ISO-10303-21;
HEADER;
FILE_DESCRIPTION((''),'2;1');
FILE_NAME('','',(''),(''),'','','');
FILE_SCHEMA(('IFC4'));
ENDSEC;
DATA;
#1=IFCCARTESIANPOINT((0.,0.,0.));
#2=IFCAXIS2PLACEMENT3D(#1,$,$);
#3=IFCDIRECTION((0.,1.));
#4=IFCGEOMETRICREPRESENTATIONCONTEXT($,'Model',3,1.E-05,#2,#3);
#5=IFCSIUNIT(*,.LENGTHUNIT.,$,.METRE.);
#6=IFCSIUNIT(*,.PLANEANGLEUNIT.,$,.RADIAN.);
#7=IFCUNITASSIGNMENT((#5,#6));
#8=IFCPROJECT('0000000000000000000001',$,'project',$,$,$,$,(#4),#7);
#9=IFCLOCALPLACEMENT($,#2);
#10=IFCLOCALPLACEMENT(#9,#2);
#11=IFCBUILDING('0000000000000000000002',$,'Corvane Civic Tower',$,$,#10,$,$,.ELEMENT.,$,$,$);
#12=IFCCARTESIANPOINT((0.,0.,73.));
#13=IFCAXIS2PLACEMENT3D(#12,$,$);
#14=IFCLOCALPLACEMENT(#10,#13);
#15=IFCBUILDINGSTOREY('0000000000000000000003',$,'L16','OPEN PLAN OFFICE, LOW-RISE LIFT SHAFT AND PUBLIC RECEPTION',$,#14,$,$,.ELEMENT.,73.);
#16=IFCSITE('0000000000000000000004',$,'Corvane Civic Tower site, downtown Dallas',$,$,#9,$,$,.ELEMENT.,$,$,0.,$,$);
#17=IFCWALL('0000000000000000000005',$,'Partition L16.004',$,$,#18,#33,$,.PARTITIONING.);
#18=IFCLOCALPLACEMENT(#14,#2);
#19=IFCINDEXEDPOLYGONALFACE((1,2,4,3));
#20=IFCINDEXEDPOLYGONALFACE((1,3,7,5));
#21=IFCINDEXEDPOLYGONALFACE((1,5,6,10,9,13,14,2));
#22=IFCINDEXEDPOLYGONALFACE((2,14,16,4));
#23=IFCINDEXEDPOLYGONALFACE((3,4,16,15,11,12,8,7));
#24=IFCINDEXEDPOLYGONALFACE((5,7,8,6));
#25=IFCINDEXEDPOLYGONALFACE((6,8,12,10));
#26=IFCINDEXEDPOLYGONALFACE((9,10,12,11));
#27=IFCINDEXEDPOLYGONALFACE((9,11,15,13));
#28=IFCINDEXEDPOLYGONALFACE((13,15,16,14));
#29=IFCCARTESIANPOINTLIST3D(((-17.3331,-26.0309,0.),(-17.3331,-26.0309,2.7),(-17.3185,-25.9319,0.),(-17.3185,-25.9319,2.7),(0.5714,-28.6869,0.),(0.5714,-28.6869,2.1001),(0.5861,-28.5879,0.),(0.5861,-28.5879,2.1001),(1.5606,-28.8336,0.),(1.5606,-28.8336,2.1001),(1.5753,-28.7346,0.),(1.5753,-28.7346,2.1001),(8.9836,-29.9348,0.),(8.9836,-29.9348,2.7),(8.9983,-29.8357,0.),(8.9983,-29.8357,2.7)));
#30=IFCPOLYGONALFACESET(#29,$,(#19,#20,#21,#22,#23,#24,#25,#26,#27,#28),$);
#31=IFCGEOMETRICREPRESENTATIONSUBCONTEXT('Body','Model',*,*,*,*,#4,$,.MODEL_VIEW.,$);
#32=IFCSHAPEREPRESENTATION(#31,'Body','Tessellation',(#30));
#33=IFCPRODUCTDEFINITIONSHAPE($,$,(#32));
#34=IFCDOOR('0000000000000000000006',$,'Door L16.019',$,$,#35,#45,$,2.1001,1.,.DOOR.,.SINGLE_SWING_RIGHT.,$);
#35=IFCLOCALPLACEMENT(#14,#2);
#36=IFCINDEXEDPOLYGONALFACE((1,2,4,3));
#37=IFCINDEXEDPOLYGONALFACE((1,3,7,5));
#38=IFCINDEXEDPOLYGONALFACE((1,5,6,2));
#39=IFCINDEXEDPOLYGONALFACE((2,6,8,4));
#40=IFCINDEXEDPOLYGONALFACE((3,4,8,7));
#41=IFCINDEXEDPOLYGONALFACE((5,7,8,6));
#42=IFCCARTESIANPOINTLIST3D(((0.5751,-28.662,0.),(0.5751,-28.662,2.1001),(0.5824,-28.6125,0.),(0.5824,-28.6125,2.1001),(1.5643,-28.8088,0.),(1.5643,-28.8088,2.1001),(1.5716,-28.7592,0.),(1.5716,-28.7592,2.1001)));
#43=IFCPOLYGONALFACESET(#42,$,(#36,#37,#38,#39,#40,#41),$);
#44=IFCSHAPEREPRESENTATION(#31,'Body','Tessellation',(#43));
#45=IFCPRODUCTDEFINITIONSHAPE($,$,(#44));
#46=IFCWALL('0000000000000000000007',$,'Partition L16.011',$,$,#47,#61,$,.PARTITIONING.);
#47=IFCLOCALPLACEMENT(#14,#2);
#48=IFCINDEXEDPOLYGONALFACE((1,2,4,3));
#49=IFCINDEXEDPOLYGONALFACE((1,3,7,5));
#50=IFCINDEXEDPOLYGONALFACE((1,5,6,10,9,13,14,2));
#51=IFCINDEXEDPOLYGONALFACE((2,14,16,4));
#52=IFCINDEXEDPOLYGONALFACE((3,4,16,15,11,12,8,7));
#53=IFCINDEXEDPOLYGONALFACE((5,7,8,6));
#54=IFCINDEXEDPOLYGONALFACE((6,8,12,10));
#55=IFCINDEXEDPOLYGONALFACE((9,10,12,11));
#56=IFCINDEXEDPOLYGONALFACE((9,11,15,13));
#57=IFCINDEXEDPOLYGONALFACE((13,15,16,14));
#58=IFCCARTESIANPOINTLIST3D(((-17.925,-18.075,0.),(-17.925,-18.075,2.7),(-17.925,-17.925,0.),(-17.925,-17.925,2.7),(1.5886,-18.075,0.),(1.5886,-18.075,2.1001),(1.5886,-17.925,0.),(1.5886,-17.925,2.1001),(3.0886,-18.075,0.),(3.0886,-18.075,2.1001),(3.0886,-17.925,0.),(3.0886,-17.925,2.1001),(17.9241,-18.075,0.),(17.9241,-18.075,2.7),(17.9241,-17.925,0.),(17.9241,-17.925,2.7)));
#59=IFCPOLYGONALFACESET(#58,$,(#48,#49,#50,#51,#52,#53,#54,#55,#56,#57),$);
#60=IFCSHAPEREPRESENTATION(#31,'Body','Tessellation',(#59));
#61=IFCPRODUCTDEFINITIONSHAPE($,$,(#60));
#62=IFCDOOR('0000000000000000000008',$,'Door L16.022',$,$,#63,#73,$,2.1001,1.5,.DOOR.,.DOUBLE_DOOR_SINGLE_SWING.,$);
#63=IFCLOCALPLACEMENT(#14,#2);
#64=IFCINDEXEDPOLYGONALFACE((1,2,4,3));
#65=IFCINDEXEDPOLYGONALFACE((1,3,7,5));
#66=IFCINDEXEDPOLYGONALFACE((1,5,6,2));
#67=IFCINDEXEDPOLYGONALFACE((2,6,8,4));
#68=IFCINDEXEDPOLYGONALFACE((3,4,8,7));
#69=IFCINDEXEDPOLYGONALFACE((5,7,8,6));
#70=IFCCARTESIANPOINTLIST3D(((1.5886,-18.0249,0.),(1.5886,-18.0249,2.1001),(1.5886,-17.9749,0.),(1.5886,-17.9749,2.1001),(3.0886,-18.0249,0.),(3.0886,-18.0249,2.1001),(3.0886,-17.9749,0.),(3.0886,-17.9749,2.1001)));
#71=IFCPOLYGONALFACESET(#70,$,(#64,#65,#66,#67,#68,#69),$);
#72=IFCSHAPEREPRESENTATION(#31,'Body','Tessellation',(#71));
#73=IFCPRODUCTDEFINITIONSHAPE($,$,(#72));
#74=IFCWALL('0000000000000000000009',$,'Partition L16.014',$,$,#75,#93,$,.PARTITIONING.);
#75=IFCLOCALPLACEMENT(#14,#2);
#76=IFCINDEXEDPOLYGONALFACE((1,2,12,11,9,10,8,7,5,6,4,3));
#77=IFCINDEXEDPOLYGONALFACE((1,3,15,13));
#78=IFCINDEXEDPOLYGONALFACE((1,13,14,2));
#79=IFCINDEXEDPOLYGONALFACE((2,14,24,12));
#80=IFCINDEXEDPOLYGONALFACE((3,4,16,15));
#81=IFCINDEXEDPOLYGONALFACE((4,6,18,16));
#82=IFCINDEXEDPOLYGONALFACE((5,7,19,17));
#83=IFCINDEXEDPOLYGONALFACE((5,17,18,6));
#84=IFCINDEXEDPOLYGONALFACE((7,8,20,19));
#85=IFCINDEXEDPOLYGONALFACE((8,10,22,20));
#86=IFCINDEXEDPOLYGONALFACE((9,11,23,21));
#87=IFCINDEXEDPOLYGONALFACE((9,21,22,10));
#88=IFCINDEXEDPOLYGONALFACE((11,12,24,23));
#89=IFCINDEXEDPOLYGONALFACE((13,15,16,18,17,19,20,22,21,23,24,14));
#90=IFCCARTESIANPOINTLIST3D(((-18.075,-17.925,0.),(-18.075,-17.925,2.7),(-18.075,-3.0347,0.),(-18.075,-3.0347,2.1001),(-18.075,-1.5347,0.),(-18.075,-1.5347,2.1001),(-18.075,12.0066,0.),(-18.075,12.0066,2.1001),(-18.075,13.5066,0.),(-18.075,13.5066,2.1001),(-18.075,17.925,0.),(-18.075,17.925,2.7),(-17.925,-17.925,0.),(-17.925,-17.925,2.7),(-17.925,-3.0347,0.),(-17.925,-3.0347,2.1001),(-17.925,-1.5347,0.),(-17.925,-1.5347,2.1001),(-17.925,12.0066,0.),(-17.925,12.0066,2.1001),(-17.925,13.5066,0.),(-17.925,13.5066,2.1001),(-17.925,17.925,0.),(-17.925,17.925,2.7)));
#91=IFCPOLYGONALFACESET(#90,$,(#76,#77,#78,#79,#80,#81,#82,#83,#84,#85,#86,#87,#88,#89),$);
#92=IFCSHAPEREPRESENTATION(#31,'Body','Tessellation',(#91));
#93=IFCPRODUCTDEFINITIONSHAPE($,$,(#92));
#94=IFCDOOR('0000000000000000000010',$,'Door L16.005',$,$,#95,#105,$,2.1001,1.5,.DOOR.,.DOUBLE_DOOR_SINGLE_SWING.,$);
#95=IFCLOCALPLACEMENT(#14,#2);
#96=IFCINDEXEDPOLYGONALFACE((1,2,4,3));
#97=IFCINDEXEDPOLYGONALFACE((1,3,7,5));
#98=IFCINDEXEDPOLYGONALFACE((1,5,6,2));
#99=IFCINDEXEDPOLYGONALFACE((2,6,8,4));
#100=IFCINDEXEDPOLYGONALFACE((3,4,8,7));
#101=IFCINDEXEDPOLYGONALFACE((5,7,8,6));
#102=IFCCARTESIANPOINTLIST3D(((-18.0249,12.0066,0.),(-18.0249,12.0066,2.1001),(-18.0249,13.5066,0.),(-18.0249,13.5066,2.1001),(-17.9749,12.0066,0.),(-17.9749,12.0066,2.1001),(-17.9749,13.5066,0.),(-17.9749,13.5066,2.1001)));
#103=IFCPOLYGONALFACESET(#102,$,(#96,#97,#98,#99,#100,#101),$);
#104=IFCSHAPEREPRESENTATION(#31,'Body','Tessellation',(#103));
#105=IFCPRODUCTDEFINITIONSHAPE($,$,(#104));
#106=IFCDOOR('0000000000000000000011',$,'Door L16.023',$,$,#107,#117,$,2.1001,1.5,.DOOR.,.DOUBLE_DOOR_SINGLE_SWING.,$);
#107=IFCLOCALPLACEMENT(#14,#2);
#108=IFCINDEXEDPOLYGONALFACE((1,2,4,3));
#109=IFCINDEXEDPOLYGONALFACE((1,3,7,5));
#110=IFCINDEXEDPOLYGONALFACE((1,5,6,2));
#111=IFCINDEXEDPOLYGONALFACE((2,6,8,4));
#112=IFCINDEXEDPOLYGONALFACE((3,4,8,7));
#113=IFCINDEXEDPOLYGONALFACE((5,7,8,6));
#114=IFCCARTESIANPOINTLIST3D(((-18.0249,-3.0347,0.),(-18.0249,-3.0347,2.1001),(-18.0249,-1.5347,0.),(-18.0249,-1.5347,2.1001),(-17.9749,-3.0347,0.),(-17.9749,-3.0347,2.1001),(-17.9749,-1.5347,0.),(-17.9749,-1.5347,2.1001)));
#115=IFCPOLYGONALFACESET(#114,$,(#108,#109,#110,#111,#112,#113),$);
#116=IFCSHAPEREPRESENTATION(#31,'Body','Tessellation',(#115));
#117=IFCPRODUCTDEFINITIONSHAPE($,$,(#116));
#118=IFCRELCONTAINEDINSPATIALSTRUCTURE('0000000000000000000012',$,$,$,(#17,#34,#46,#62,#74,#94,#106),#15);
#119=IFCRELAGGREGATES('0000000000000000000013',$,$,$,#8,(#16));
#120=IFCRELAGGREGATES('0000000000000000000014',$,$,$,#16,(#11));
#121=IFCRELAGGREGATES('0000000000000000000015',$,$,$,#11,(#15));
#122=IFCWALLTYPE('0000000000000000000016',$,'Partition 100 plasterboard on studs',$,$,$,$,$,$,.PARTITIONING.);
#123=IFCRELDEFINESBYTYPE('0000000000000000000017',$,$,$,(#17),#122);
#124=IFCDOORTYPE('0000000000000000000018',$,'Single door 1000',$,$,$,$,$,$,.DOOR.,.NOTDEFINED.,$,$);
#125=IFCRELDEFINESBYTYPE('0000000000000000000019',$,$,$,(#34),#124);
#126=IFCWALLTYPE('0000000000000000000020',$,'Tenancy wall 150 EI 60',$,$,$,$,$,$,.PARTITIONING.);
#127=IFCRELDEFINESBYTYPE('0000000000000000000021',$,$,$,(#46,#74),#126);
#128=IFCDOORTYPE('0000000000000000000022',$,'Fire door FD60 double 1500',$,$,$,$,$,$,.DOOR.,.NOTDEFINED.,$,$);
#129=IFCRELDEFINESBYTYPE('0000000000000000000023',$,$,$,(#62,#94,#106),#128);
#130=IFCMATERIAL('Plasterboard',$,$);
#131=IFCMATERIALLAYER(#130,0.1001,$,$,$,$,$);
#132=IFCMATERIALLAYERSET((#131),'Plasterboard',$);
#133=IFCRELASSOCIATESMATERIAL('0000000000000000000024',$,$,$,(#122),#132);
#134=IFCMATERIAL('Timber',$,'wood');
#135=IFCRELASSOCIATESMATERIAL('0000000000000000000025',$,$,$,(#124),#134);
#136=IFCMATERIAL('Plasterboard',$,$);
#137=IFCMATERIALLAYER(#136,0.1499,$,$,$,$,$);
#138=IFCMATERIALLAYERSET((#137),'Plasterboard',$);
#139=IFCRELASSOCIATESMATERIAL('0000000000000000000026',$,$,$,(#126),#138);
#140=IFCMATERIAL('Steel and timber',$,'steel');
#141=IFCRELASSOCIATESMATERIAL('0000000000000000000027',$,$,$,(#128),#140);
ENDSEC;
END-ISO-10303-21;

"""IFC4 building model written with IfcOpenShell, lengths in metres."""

from ifc_helpers import new_model, si_unit, direction, frame, frame_2d, origin, place, context, subcontext, project, spatial, rectangle, extrude, material, layer, layer_set, type_object, element, fill, save


model = new_model("IFC4")

# Units and contexts
model_context = context("Model", 3, precision=1e-05, world=origin(), true_north=direction((0.0, 1.0)))
body_context = subcontext(model_context, "Body", "Model", "MODEL_VIEW")
ifc_project = project(units=[si_unit("LENGTHUNIT", "METRE"), si_unit("PLANEANGLEUNIT", "RADIAN")], contexts=[model_context])

# Site, building, storey
site_placement = place(None, origin())
site = spatial("IfcSite", under=ifc_project, at=site_placement, Name="Corvane Civic Tower site, downtown Dallas", CompositionType="ELEMENT", RefElevation=0.0)
building_placement = place(site_placement, origin())
building = spatial("IfcBuilding", under=site, at=building_placement, Name="Corvane Civic Tower", CompositionType="ELEMENT")
storey_placement = place(building_placement, frame((0.0, 0.0, 73.0)))
storey = spatial("IfcBuildingStorey", under=building, at=storey_placement, Name="L16", Description="OPEN PLAN OFFICE, LOW-RISE LIFT SHAFT AND PUBLIC RECEPTION", CompositionType="ELEMENT", Elevation=73.0)

# Walls, openings, doors
ifc_material_1 = material(Name="Plasterboard")
ifc_layer_1 = layer(ifc_material_1, 0.1001)
ifc_layer_set_1 = layer_set([ifc_layer_1], Name="Plasterboard")
wall_type_1 = type_object("IfcWallType", Name="Partition 100 plasterboard on studs", PredefinedType="PARTITIONING", material=ifc_layer_set_1)
wall_1_placement = place(storey_placement, frame((-17.3257, -25.9814, 0.0), z_axis=(0.0, 0.0, 1.0), x_axis=(0.989176, -0.146734, 0.0)))
wall_1 = element("IfcWall", 1, at=wall_1_placement, inside=storey, type_object=wall_type_1, Name="Partition L16.004", PredefinedType="PARTITIONING", context=body_context, shape_type="SweptSolid", body=[
    extrude(rectangle(XDim=26.6047, YDim=0.1001, at=frame_2d((13.3022, 0.0))), origin(), (0.0, 0.0, 1.0), 2.7),
])
opening_1_placement = place(wall_1_placement, frame((18.1003, 0.0, 0.0)))
opening_1 = element("IfcOpeningElement", 2, at=opening_1_placement, cuts=wall_1, PredefinedType="OPENING", context=body_context, shape_type="SweptSolid", body=[
    extrude(rectangle(XDim=1.0, YDim=2.1001, at=frame_2d((0.5, 1.05))), frame((0.0, 0.0601, 0.0), z_axis=(0.0, -1.0, 0.0), x_axis=(1.0, 0.0, 0.0)), (0.0, 0.0, 1.0), 0.1201),
])
ifc_material_2 = material(Name="Timber", Category="wood")
door_type_1 = type_object("IfcDoorType", Name="Single door 1000", OperationType="NOTDEFINED", PredefinedType="DOOR", material=ifc_material_2)
door_1_placement = place(opening_1_placement, frame((1.0, 0.0, 0.0), z_axis=(0.0, 0.0, 1.0), x_axis=(-1.0, 0.0, 0.0)))
door_1 = element("IfcDoor", 3, at=door_1_placement, inside=storey, type_object=door_type_1, Name="Door L16.019", OperationType="SINGLE_SWING_RIGHT", OverallHeight=2.1001, OverallWidth=1.0, PredefinedType="DOOR", context=body_context, shape_type="SweptSolid", body=[
    extrude(rectangle(XDim=1.0, YDim=2.1001, at=frame_2d((0.5, 1.05))), frame((0.0, 0.0249, 0.0), z_axis=(0.0, -1.0, 0.0), x_axis=(1.0, 0.0, 0.0)), (0.0, 0.0, 1.0), 0.05),
])
fill(opening_1, door_1)
ifc_material_3 = material(Name="Plasterboard")
ifc_layer_2 = layer(ifc_material_3, 0.1499)
ifc_layer_set_2 = layer_set([ifc_layer_2], Name="Plasterboard")
wall_type_2 = type_object("IfcWallType", Name="Tenancy wall 150 EI 60", PredefinedType="PARTITIONING", material=ifc_layer_set_2)
wall_2_placement = place(storey_placement, frame((-17.925, -18.0, 0.0), z_axis=(0.0, 0.0, 1.0), x_axis=(1.0, 0.0, 0.0)))
wall_2 = element("IfcWall", 4, at=wall_2_placement, inside=storey, type_object=wall_type_2, Name="Partition L16.011", PredefinedType="PARTITIONING", context=body_context, shape_type="SweptSolid", body=[
    extrude(rectangle(XDim=35.8491, YDim=0.1499, at=frame_2d((17.9246, 0.0))), origin(), (0.0, 0.0, 1.0), 2.7),
])
opening_2_placement = place(wall_2_placement, frame((19.5137, 0.0, 0.0)))
opening_2 = element("IfcOpeningElement", 5, at=opening_2_placement, cuts=wall_2, PredefinedType="OPENING", context=body_context, shape_type="SweptSolid", body=[
    extrude(rectangle(XDim=1.5, YDim=2.1001, at=frame_2d((0.75, 1.05))), frame((0.0, 0.085, 0.0), z_axis=(0.0, -1.0, 0.0), x_axis=(1.0, 0.0, 0.0)), (0.0, 0.0, 1.0), 0.1699),
])
ifc_material_4 = material(Name="Steel and timber", Category="steel")
door_type_2 = type_object("IfcDoorType", Name="Fire door FD60 double 1500", OperationType="NOTDEFINED", PredefinedType="DOOR", material=ifc_material_4)
door_2_placement = place(opening_2_placement, frame((1.5, 0.0, 0.0), z_axis=(0.0, 0.0, 1.0), x_axis=(-1.0, 0.0, 0.0)))
door_2 = element("IfcDoor", 6, at=door_2_placement, inside=storey, type_object=door_type_2, Name="Door L16.022", OperationType="DOUBLE_DOOR_SINGLE_SWING", OverallHeight=2.1001, OverallWidth=1.5, PredefinedType="DOOR", context=body_context, shape_type="SweptSolid", body=[
    extrude(rectangle(XDim=1.5, YDim=2.1001, at=frame_2d((0.75, 1.05))), frame((0.0, 0.0249, 0.0), z_axis=(0.0, -1.0, 0.0), x_axis=(1.0, 0.0, 0.0)), (0.0, 0.0, 1.0), 0.05),
])
fill(opening_2, door_2)

# Wall, openings, doors
wall_3_placement = place(storey_placement, frame((-18.0, -17.925, 0.0), z_axis=(0.0, 0.0, 1.0), x_axis=(0.0, 1.0, 0.0)))
wall_3 = element("IfcWall", 7, at=wall_3_placement, inside=storey, type_object=wall_type_2, Name="Partition L16.014", PredefinedType="PARTITIONING", context=body_context, shape_type="SweptSolid", body=[
    extrude(rectangle(XDim=35.8501, YDim=0.1499, at=frame_2d((17.925, 0.0))), origin(), (0.0, 0.0, 1.0), 2.7),
])
opening_3_placement = place(wall_3_placement, frame((29.9316, 0.0, 0.0)))
opening_3 = element("IfcOpeningElement", 8, at=opening_3_placement, cuts=wall_3, PredefinedType="OPENING", context=body_context, shape_type="SweptSolid", body=[
    extrude(rectangle(XDim=1.5, YDim=2.1001, at=frame_2d((0.75, 1.05))), frame((0.0, 0.085, 0.0), z_axis=(0.0, -1.0, 0.0), x_axis=(1.0, 0.0, 0.0)), (0.0, 0.0, 1.0), 0.1699),
])
opening_4_placement = place(wall_3_placement, frame((14.8904, 0.0, 0.0)))
opening_4 = element("IfcOpeningElement", 9, at=opening_4_placement, cuts=wall_3, PredefinedType="OPENING", context=body_context, shape_type="SweptSolid", body=[
    extrude(rectangle(XDim=1.5, YDim=2.1001, at=frame_2d((0.75, 1.05))), frame((0.0, 0.085, 0.0), z_axis=(0.0, -1.0, 0.0), x_axis=(1.0, 0.0, 0.0)), (0.0, 0.0, 1.0), 0.1699),
])
door_3_placement = place(opening_3_placement, origin())
door_3 = element("IfcDoor", 10, at=door_3_placement, inside=storey, type_object=door_type_2, Name="Door L16.005", OperationType="DOUBLE_DOOR_SINGLE_SWING", OverallHeight=2.1001, OverallWidth=1.5, PredefinedType="DOOR", context=body_context, shape_type="SweptSolid", body=[
    extrude(rectangle(XDim=1.5, YDim=2.1001, at=frame_2d((0.75, 1.05))), frame((0.0, 0.0249, 0.0), z_axis=(0.0, -1.0, 0.0), x_axis=(1.0, 0.0, 0.0)), (0.0, 0.0, 1.0), 0.05),
])
fill(opening_3, door_3)
door_4_placement = place(opening_4_placement, origin())
door_4 = element("IfcDoor", 11, at=door_4_placement, inside=storey, type_object=door_type_2, Name="Door L16.023", OperationType="DOUBLE_DOOR_SINGLE_SWING", OverallHeight=2.1001, OverallWidth=1.5, PredefinedType="DOOR", context=body_context, shape_type="SweptSolid", body=[
    extrude(rectangle(XDim=1.5, YDim=2.1001, at=frame_2d((0.75, 1.05))), frame((0.0, 0.0249, 0.0), z_axis=(0.0, -1.0, 0.0), x_axis=(1.0, 0.0, 0.0)), (0.0, 0.0, 1.0), 0.05),
])
fill(opening_4, door_4)

save(model, "model.ifc")
